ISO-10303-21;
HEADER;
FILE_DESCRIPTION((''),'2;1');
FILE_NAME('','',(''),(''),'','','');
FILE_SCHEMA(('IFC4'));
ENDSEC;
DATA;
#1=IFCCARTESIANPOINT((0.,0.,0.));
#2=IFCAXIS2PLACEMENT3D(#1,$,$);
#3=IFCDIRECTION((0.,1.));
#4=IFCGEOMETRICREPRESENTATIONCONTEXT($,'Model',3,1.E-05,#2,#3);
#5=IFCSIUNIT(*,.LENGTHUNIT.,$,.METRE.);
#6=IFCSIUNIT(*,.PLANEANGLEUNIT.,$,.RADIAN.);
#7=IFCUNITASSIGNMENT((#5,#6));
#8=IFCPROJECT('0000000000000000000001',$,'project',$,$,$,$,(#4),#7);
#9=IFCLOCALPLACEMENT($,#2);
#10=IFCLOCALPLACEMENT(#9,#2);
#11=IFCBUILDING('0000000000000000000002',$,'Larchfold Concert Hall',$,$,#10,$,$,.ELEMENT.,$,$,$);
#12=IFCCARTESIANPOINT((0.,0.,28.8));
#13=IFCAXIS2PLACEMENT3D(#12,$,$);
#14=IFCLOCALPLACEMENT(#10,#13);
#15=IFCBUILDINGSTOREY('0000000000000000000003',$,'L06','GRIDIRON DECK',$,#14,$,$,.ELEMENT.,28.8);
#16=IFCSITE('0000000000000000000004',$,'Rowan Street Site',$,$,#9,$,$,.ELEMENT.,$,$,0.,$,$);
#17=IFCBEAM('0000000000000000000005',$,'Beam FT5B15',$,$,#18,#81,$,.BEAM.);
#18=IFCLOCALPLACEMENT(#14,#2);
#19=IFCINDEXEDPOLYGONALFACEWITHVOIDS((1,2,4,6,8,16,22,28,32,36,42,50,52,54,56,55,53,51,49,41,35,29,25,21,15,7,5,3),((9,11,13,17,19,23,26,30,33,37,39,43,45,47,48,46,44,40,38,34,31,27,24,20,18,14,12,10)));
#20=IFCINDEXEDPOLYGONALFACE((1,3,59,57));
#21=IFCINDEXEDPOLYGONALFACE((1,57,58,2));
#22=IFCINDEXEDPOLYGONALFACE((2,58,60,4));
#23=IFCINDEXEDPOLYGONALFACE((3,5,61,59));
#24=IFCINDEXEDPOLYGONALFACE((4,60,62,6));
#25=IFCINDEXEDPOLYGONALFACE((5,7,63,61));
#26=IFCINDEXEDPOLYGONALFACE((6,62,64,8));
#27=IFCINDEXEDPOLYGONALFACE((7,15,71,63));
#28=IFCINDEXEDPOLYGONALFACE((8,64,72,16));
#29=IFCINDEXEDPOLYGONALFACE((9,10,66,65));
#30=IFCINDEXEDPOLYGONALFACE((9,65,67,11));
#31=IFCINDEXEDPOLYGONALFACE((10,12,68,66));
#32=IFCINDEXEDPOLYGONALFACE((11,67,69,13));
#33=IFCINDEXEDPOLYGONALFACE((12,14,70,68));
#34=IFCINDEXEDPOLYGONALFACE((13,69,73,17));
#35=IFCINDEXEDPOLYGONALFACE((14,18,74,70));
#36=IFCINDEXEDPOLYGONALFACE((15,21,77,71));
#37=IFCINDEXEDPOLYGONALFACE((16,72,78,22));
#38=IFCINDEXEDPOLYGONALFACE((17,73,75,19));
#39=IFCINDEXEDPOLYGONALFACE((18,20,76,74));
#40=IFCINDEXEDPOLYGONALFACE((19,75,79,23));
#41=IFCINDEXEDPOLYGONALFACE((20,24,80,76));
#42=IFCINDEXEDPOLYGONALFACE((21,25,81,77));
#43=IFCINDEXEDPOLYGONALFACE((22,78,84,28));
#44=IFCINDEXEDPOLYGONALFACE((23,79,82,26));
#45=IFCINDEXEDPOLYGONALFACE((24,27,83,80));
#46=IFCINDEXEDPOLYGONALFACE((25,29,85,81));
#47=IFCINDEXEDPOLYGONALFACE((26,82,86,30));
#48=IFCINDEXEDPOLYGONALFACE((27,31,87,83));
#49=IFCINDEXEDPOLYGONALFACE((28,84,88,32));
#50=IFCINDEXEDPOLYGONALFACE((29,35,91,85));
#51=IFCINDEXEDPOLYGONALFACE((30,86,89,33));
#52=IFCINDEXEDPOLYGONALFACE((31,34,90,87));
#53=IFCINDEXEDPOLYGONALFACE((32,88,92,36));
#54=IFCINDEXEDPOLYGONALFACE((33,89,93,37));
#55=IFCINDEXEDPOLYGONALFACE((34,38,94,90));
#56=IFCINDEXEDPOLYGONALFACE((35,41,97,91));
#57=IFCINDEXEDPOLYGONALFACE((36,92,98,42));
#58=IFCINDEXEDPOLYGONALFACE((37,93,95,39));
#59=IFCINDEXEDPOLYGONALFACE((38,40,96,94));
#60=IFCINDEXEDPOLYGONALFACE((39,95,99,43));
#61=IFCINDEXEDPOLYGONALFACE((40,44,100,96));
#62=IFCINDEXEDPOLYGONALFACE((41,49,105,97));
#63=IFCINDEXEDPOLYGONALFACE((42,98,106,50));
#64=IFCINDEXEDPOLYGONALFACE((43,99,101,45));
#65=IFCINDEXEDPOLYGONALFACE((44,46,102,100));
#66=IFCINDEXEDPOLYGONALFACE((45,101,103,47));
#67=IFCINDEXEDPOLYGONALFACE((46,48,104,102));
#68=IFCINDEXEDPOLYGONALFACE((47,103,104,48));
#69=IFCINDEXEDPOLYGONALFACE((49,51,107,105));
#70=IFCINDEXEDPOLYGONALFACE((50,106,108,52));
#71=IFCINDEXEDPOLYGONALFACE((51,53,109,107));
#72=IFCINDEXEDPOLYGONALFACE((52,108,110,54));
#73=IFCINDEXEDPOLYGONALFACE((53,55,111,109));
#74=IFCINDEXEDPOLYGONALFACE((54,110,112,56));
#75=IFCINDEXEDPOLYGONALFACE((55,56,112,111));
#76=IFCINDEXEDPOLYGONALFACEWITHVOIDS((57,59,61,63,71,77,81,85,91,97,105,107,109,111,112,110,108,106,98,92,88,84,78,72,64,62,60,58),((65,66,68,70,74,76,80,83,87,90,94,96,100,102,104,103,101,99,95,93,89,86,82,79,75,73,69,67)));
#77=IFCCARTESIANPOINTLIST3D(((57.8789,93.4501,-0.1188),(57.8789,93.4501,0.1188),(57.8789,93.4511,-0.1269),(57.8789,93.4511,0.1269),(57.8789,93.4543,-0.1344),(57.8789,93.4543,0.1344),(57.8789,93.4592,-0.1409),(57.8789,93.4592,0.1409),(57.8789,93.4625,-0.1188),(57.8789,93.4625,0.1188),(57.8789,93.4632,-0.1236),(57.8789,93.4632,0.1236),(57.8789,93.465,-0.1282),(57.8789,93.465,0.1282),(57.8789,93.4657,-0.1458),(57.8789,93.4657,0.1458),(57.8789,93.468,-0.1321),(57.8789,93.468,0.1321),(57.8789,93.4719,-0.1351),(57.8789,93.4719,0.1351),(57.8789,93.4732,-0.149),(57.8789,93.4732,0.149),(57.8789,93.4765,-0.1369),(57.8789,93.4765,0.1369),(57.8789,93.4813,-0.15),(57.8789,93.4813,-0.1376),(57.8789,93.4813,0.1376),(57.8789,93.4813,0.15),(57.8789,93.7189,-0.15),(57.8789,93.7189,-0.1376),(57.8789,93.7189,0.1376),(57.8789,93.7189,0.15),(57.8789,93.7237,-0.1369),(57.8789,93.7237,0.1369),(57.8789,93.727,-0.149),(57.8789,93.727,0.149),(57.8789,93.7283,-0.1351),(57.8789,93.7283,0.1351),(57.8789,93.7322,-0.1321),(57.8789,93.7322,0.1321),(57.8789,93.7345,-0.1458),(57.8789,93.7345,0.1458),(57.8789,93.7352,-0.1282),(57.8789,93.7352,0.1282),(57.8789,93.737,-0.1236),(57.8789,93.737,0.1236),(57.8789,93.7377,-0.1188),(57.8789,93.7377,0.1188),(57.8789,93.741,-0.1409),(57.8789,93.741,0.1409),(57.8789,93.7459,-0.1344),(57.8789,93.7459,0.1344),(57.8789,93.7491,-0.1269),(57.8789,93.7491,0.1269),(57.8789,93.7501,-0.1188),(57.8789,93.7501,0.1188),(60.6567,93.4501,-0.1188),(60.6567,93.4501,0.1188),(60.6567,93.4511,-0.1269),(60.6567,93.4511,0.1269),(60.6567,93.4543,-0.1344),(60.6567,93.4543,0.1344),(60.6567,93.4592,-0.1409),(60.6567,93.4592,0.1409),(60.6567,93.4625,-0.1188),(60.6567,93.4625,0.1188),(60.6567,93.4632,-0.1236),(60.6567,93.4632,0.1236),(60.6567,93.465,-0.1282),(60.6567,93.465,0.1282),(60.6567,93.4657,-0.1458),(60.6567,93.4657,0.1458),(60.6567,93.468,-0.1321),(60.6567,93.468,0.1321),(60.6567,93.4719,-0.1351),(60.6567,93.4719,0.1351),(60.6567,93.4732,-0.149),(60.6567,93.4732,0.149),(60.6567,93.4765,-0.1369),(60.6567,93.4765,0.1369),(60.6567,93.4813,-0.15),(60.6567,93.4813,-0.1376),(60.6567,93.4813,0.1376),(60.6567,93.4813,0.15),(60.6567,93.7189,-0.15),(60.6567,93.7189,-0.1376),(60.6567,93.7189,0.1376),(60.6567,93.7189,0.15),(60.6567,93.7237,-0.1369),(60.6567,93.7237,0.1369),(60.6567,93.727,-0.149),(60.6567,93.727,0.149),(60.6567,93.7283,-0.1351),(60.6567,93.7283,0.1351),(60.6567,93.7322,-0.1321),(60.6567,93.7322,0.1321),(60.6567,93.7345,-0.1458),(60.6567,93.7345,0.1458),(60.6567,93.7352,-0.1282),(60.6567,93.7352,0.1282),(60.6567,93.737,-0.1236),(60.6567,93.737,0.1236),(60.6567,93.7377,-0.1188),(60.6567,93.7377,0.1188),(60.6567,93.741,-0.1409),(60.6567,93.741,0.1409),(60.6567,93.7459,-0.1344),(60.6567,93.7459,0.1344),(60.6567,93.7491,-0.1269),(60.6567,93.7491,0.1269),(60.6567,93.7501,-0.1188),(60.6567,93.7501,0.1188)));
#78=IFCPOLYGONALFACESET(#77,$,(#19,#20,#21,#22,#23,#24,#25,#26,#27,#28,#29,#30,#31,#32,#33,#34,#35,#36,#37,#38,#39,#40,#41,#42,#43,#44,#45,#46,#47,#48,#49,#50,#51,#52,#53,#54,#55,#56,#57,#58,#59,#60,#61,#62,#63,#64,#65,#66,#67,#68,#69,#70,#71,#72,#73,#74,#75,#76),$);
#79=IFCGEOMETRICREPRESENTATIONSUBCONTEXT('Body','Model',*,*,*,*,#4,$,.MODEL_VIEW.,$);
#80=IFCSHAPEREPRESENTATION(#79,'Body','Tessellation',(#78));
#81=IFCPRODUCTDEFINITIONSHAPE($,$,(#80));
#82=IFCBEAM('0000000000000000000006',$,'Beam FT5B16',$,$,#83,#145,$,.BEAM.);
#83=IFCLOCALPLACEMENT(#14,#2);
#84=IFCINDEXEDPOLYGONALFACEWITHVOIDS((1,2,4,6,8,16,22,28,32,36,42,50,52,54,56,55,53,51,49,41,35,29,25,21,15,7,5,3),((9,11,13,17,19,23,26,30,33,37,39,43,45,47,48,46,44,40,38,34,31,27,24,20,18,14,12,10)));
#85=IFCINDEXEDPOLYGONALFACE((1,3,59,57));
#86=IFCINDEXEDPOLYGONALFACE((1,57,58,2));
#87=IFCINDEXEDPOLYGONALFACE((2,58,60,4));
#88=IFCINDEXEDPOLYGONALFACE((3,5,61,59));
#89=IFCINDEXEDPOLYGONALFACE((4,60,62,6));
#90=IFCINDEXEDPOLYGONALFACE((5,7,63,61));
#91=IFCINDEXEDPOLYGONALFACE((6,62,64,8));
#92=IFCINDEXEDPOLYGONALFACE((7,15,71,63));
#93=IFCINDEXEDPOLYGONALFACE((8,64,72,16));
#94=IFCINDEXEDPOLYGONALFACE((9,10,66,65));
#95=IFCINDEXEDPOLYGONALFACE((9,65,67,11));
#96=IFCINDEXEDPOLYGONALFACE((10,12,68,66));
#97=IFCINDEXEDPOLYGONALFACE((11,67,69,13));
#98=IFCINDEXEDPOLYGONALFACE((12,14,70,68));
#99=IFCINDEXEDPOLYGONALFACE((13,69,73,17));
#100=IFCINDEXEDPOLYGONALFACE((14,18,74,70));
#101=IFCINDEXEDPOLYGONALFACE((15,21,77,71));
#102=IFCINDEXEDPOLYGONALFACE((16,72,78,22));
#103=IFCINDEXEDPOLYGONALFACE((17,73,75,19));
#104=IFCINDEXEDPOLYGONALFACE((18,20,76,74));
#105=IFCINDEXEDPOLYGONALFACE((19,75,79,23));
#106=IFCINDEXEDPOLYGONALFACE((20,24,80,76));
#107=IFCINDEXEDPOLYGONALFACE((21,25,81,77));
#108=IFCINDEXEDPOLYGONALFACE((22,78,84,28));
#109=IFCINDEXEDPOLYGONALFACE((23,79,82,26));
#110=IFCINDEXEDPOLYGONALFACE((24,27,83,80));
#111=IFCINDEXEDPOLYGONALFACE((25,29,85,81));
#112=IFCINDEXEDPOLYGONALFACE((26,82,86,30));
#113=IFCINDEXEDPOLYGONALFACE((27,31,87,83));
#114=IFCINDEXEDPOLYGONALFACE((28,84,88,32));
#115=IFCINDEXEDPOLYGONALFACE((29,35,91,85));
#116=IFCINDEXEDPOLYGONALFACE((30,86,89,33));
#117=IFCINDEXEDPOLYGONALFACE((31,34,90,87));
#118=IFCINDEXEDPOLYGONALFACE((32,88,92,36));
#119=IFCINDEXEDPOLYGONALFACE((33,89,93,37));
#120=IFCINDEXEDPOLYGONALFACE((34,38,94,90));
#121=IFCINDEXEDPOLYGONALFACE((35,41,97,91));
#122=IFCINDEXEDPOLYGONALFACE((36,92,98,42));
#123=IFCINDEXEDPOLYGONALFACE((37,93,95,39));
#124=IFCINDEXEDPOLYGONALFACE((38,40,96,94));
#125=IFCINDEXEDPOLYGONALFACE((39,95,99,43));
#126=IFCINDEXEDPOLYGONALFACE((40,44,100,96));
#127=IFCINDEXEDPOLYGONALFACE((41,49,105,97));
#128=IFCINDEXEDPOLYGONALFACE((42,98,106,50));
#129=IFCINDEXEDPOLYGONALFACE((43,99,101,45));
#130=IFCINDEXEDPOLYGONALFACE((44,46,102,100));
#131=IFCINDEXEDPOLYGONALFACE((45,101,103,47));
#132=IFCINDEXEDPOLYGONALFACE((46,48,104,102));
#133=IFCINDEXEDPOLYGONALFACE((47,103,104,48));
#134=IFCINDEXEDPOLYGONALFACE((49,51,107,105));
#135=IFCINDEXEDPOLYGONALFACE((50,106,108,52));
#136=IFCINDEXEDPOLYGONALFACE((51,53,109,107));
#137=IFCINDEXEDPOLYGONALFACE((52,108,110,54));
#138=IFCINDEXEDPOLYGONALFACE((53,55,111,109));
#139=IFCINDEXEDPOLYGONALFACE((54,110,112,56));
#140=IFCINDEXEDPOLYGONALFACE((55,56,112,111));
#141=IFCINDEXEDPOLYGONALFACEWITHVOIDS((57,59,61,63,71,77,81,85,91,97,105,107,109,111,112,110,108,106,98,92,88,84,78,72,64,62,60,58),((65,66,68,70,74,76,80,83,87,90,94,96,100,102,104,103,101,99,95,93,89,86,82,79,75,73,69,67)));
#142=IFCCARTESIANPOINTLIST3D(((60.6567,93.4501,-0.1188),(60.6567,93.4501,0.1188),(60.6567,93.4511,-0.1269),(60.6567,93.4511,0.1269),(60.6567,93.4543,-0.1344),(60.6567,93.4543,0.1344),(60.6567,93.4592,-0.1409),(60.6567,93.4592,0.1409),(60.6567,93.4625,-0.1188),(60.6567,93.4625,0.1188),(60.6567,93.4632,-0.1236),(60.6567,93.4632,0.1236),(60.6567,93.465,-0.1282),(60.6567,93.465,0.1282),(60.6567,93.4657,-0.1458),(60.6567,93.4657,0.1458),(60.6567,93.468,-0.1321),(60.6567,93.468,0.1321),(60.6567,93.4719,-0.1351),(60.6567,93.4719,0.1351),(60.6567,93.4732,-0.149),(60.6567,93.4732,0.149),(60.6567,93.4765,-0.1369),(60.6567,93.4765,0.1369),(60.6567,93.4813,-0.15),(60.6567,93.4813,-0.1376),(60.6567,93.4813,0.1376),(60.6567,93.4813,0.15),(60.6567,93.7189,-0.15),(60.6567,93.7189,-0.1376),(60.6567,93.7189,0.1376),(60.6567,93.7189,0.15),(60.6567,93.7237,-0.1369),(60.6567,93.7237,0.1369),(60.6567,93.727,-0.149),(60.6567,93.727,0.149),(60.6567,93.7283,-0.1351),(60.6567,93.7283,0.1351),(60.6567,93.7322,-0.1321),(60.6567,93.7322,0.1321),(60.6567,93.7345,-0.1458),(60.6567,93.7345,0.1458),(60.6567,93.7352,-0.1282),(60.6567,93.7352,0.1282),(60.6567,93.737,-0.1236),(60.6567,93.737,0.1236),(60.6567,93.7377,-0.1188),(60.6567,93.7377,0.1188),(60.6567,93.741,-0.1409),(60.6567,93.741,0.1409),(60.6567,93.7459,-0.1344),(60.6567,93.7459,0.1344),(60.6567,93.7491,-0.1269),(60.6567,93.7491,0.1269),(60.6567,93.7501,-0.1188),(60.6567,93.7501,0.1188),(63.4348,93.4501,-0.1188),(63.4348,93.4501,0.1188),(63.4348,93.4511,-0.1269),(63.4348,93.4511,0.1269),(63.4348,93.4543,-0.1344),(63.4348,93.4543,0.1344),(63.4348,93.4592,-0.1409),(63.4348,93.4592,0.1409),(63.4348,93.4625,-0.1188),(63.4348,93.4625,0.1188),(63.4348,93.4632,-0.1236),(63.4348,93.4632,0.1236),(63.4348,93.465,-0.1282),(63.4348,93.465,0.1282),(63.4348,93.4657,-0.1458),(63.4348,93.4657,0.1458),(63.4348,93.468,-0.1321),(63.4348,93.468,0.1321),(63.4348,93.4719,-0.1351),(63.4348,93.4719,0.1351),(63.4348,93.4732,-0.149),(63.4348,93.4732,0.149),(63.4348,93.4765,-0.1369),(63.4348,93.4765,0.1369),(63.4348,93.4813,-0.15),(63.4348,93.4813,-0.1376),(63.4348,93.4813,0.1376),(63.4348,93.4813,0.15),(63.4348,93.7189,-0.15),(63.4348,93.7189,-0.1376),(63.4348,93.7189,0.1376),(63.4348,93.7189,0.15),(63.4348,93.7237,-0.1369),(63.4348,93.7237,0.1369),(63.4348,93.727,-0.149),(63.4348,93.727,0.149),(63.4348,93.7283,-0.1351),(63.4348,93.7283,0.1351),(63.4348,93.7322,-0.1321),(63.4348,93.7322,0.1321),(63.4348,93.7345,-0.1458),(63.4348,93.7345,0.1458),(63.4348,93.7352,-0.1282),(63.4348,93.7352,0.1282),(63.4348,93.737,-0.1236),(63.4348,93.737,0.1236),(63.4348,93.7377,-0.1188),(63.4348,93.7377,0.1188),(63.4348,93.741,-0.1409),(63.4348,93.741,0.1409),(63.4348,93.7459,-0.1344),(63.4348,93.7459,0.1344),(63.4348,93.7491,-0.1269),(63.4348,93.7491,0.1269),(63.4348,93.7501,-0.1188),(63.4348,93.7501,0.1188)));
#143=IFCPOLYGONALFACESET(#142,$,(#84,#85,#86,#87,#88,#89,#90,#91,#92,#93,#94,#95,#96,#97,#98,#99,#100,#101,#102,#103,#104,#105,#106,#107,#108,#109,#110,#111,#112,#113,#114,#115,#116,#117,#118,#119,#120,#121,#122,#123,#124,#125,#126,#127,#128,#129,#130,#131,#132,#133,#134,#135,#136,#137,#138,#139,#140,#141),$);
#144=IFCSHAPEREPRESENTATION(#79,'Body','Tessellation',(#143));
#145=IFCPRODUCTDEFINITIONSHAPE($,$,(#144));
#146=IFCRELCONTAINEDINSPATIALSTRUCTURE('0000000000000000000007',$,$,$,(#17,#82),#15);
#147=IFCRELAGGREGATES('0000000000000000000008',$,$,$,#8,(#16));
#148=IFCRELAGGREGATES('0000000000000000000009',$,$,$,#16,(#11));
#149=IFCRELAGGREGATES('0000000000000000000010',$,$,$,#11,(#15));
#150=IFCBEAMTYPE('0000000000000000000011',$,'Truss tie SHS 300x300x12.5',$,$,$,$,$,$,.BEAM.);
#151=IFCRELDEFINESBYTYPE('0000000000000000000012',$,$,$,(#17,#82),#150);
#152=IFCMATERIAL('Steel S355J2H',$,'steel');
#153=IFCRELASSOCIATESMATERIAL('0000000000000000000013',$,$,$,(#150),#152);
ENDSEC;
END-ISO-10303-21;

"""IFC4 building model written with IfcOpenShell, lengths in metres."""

from ifc_helpers import new_model, si_unit, direction, frame, origin, origin_2d, place, context, subcontext, project, spatial, hollow_rectangle, extrude, material, material_profile, profile_set, type_object, element, save


model = new_model("IFC4")

# Units and contexts
model_context = context("Model", 3, precision=1e-05, world=origin(), true_north=direction((0.0, 1.0)))
body_context = subcontext(model_context, "Body", "Model", "MODEL_VIEW")
ifc_project = project(units=[si_unit("LENGTHUNIT", "METRE"), si_unit("PLANEANGLEUNIT", "RADIAN")], contexts=[model_context])

# Site, building, storey
site_placement = place(None, origin())
site = spatial("IfcSite", under=ifc_project, at=site_placement, Name="Rowan Street Site", CompositionType="ELEMENT", RefElevation=0.0)
building_placement = place(site_placement, origin())
building = spatial("IfcBuilding", under=site, at=building_placement, Name="Larchfold Concert Hall", CompositionType="ELEMENT")
storey_placement = place(building_placement, frame((0.0, 0.0, 28.8)))
storey = spatial("IfcBuildingStorey", under=building, at=storey_placement, Name="L06", Description="GRIDIRON DECK", CompositionType="ELEMENT", Elevation=28.8)

# Beams
ifc_material_1 = material(Name="Steel S355J2H", Category="steel")
ifc_material_profile_1 = material_profile(ifc_material_1, hollow_rectangle(XDim=0.3, YDim=0.3, WallThickness=0.0125, InnerFilletRadius=0.0188, OuterFilletRadius=0.0312, at=origin_2d()))
ifc_profile_set_1 = profile_set([ifc_material_profile_1], Name="Steel S355J2H")
beam_type_1 = type_object("IfcBeamType", Name="Truss tie SHS 300x300x12.5", PredefinedType="BEAM", material=ifc_profile_set_1)
beam_1_placement = place(storey_placement, frame((57.8789, 93.6001, 0.0), z_axis=(1.0, 0.0, 0.0), x_axis=(0.0, 1.0, 0.0)))
element("IfcBeam", 1, at=beam_1_placement, inside=storey, type_object=beam_type_1, Name="Beam FT5B15", PredefinedType="BEAM", context=body_context, shape_type="SweptSolid", body=[
    extrude(hollow_rectangle(XDim=0.3, YDim=0.3, WallThickness=0.0125, InnerFilletRadius=0.0188, OuterFilletRadius=0.0312, at=origin_2d()), origin(), (0.0, 0.0, 1.0), 2.7778),
])
beam_2_placement = place(storey_placement, frame((60.6567, 93.6001, 0.0), z_axis=(1.0, 0.0, 0.0), x_axis=(0.0, 1.0, 0.0)))
element("IfcBeam", 2, at=beam_2_placement, inside=storey, type_object=beam_type_1, Name="Beam FT5B16", PredefinedType="BEAM", context=body_context, shape_type="SweptSolid", body=[
    extrude(hollow_rectangle(XDim=0.3, YDim=0.3, WallThickness=0.0125, InnerFilletRadius=0.0188, OuterFilletRadius=0.0312, at=origin_2d()), origin(), (0.0, 0.0, 1.0), 2.7781),
])

save(model, "model.ifc")
